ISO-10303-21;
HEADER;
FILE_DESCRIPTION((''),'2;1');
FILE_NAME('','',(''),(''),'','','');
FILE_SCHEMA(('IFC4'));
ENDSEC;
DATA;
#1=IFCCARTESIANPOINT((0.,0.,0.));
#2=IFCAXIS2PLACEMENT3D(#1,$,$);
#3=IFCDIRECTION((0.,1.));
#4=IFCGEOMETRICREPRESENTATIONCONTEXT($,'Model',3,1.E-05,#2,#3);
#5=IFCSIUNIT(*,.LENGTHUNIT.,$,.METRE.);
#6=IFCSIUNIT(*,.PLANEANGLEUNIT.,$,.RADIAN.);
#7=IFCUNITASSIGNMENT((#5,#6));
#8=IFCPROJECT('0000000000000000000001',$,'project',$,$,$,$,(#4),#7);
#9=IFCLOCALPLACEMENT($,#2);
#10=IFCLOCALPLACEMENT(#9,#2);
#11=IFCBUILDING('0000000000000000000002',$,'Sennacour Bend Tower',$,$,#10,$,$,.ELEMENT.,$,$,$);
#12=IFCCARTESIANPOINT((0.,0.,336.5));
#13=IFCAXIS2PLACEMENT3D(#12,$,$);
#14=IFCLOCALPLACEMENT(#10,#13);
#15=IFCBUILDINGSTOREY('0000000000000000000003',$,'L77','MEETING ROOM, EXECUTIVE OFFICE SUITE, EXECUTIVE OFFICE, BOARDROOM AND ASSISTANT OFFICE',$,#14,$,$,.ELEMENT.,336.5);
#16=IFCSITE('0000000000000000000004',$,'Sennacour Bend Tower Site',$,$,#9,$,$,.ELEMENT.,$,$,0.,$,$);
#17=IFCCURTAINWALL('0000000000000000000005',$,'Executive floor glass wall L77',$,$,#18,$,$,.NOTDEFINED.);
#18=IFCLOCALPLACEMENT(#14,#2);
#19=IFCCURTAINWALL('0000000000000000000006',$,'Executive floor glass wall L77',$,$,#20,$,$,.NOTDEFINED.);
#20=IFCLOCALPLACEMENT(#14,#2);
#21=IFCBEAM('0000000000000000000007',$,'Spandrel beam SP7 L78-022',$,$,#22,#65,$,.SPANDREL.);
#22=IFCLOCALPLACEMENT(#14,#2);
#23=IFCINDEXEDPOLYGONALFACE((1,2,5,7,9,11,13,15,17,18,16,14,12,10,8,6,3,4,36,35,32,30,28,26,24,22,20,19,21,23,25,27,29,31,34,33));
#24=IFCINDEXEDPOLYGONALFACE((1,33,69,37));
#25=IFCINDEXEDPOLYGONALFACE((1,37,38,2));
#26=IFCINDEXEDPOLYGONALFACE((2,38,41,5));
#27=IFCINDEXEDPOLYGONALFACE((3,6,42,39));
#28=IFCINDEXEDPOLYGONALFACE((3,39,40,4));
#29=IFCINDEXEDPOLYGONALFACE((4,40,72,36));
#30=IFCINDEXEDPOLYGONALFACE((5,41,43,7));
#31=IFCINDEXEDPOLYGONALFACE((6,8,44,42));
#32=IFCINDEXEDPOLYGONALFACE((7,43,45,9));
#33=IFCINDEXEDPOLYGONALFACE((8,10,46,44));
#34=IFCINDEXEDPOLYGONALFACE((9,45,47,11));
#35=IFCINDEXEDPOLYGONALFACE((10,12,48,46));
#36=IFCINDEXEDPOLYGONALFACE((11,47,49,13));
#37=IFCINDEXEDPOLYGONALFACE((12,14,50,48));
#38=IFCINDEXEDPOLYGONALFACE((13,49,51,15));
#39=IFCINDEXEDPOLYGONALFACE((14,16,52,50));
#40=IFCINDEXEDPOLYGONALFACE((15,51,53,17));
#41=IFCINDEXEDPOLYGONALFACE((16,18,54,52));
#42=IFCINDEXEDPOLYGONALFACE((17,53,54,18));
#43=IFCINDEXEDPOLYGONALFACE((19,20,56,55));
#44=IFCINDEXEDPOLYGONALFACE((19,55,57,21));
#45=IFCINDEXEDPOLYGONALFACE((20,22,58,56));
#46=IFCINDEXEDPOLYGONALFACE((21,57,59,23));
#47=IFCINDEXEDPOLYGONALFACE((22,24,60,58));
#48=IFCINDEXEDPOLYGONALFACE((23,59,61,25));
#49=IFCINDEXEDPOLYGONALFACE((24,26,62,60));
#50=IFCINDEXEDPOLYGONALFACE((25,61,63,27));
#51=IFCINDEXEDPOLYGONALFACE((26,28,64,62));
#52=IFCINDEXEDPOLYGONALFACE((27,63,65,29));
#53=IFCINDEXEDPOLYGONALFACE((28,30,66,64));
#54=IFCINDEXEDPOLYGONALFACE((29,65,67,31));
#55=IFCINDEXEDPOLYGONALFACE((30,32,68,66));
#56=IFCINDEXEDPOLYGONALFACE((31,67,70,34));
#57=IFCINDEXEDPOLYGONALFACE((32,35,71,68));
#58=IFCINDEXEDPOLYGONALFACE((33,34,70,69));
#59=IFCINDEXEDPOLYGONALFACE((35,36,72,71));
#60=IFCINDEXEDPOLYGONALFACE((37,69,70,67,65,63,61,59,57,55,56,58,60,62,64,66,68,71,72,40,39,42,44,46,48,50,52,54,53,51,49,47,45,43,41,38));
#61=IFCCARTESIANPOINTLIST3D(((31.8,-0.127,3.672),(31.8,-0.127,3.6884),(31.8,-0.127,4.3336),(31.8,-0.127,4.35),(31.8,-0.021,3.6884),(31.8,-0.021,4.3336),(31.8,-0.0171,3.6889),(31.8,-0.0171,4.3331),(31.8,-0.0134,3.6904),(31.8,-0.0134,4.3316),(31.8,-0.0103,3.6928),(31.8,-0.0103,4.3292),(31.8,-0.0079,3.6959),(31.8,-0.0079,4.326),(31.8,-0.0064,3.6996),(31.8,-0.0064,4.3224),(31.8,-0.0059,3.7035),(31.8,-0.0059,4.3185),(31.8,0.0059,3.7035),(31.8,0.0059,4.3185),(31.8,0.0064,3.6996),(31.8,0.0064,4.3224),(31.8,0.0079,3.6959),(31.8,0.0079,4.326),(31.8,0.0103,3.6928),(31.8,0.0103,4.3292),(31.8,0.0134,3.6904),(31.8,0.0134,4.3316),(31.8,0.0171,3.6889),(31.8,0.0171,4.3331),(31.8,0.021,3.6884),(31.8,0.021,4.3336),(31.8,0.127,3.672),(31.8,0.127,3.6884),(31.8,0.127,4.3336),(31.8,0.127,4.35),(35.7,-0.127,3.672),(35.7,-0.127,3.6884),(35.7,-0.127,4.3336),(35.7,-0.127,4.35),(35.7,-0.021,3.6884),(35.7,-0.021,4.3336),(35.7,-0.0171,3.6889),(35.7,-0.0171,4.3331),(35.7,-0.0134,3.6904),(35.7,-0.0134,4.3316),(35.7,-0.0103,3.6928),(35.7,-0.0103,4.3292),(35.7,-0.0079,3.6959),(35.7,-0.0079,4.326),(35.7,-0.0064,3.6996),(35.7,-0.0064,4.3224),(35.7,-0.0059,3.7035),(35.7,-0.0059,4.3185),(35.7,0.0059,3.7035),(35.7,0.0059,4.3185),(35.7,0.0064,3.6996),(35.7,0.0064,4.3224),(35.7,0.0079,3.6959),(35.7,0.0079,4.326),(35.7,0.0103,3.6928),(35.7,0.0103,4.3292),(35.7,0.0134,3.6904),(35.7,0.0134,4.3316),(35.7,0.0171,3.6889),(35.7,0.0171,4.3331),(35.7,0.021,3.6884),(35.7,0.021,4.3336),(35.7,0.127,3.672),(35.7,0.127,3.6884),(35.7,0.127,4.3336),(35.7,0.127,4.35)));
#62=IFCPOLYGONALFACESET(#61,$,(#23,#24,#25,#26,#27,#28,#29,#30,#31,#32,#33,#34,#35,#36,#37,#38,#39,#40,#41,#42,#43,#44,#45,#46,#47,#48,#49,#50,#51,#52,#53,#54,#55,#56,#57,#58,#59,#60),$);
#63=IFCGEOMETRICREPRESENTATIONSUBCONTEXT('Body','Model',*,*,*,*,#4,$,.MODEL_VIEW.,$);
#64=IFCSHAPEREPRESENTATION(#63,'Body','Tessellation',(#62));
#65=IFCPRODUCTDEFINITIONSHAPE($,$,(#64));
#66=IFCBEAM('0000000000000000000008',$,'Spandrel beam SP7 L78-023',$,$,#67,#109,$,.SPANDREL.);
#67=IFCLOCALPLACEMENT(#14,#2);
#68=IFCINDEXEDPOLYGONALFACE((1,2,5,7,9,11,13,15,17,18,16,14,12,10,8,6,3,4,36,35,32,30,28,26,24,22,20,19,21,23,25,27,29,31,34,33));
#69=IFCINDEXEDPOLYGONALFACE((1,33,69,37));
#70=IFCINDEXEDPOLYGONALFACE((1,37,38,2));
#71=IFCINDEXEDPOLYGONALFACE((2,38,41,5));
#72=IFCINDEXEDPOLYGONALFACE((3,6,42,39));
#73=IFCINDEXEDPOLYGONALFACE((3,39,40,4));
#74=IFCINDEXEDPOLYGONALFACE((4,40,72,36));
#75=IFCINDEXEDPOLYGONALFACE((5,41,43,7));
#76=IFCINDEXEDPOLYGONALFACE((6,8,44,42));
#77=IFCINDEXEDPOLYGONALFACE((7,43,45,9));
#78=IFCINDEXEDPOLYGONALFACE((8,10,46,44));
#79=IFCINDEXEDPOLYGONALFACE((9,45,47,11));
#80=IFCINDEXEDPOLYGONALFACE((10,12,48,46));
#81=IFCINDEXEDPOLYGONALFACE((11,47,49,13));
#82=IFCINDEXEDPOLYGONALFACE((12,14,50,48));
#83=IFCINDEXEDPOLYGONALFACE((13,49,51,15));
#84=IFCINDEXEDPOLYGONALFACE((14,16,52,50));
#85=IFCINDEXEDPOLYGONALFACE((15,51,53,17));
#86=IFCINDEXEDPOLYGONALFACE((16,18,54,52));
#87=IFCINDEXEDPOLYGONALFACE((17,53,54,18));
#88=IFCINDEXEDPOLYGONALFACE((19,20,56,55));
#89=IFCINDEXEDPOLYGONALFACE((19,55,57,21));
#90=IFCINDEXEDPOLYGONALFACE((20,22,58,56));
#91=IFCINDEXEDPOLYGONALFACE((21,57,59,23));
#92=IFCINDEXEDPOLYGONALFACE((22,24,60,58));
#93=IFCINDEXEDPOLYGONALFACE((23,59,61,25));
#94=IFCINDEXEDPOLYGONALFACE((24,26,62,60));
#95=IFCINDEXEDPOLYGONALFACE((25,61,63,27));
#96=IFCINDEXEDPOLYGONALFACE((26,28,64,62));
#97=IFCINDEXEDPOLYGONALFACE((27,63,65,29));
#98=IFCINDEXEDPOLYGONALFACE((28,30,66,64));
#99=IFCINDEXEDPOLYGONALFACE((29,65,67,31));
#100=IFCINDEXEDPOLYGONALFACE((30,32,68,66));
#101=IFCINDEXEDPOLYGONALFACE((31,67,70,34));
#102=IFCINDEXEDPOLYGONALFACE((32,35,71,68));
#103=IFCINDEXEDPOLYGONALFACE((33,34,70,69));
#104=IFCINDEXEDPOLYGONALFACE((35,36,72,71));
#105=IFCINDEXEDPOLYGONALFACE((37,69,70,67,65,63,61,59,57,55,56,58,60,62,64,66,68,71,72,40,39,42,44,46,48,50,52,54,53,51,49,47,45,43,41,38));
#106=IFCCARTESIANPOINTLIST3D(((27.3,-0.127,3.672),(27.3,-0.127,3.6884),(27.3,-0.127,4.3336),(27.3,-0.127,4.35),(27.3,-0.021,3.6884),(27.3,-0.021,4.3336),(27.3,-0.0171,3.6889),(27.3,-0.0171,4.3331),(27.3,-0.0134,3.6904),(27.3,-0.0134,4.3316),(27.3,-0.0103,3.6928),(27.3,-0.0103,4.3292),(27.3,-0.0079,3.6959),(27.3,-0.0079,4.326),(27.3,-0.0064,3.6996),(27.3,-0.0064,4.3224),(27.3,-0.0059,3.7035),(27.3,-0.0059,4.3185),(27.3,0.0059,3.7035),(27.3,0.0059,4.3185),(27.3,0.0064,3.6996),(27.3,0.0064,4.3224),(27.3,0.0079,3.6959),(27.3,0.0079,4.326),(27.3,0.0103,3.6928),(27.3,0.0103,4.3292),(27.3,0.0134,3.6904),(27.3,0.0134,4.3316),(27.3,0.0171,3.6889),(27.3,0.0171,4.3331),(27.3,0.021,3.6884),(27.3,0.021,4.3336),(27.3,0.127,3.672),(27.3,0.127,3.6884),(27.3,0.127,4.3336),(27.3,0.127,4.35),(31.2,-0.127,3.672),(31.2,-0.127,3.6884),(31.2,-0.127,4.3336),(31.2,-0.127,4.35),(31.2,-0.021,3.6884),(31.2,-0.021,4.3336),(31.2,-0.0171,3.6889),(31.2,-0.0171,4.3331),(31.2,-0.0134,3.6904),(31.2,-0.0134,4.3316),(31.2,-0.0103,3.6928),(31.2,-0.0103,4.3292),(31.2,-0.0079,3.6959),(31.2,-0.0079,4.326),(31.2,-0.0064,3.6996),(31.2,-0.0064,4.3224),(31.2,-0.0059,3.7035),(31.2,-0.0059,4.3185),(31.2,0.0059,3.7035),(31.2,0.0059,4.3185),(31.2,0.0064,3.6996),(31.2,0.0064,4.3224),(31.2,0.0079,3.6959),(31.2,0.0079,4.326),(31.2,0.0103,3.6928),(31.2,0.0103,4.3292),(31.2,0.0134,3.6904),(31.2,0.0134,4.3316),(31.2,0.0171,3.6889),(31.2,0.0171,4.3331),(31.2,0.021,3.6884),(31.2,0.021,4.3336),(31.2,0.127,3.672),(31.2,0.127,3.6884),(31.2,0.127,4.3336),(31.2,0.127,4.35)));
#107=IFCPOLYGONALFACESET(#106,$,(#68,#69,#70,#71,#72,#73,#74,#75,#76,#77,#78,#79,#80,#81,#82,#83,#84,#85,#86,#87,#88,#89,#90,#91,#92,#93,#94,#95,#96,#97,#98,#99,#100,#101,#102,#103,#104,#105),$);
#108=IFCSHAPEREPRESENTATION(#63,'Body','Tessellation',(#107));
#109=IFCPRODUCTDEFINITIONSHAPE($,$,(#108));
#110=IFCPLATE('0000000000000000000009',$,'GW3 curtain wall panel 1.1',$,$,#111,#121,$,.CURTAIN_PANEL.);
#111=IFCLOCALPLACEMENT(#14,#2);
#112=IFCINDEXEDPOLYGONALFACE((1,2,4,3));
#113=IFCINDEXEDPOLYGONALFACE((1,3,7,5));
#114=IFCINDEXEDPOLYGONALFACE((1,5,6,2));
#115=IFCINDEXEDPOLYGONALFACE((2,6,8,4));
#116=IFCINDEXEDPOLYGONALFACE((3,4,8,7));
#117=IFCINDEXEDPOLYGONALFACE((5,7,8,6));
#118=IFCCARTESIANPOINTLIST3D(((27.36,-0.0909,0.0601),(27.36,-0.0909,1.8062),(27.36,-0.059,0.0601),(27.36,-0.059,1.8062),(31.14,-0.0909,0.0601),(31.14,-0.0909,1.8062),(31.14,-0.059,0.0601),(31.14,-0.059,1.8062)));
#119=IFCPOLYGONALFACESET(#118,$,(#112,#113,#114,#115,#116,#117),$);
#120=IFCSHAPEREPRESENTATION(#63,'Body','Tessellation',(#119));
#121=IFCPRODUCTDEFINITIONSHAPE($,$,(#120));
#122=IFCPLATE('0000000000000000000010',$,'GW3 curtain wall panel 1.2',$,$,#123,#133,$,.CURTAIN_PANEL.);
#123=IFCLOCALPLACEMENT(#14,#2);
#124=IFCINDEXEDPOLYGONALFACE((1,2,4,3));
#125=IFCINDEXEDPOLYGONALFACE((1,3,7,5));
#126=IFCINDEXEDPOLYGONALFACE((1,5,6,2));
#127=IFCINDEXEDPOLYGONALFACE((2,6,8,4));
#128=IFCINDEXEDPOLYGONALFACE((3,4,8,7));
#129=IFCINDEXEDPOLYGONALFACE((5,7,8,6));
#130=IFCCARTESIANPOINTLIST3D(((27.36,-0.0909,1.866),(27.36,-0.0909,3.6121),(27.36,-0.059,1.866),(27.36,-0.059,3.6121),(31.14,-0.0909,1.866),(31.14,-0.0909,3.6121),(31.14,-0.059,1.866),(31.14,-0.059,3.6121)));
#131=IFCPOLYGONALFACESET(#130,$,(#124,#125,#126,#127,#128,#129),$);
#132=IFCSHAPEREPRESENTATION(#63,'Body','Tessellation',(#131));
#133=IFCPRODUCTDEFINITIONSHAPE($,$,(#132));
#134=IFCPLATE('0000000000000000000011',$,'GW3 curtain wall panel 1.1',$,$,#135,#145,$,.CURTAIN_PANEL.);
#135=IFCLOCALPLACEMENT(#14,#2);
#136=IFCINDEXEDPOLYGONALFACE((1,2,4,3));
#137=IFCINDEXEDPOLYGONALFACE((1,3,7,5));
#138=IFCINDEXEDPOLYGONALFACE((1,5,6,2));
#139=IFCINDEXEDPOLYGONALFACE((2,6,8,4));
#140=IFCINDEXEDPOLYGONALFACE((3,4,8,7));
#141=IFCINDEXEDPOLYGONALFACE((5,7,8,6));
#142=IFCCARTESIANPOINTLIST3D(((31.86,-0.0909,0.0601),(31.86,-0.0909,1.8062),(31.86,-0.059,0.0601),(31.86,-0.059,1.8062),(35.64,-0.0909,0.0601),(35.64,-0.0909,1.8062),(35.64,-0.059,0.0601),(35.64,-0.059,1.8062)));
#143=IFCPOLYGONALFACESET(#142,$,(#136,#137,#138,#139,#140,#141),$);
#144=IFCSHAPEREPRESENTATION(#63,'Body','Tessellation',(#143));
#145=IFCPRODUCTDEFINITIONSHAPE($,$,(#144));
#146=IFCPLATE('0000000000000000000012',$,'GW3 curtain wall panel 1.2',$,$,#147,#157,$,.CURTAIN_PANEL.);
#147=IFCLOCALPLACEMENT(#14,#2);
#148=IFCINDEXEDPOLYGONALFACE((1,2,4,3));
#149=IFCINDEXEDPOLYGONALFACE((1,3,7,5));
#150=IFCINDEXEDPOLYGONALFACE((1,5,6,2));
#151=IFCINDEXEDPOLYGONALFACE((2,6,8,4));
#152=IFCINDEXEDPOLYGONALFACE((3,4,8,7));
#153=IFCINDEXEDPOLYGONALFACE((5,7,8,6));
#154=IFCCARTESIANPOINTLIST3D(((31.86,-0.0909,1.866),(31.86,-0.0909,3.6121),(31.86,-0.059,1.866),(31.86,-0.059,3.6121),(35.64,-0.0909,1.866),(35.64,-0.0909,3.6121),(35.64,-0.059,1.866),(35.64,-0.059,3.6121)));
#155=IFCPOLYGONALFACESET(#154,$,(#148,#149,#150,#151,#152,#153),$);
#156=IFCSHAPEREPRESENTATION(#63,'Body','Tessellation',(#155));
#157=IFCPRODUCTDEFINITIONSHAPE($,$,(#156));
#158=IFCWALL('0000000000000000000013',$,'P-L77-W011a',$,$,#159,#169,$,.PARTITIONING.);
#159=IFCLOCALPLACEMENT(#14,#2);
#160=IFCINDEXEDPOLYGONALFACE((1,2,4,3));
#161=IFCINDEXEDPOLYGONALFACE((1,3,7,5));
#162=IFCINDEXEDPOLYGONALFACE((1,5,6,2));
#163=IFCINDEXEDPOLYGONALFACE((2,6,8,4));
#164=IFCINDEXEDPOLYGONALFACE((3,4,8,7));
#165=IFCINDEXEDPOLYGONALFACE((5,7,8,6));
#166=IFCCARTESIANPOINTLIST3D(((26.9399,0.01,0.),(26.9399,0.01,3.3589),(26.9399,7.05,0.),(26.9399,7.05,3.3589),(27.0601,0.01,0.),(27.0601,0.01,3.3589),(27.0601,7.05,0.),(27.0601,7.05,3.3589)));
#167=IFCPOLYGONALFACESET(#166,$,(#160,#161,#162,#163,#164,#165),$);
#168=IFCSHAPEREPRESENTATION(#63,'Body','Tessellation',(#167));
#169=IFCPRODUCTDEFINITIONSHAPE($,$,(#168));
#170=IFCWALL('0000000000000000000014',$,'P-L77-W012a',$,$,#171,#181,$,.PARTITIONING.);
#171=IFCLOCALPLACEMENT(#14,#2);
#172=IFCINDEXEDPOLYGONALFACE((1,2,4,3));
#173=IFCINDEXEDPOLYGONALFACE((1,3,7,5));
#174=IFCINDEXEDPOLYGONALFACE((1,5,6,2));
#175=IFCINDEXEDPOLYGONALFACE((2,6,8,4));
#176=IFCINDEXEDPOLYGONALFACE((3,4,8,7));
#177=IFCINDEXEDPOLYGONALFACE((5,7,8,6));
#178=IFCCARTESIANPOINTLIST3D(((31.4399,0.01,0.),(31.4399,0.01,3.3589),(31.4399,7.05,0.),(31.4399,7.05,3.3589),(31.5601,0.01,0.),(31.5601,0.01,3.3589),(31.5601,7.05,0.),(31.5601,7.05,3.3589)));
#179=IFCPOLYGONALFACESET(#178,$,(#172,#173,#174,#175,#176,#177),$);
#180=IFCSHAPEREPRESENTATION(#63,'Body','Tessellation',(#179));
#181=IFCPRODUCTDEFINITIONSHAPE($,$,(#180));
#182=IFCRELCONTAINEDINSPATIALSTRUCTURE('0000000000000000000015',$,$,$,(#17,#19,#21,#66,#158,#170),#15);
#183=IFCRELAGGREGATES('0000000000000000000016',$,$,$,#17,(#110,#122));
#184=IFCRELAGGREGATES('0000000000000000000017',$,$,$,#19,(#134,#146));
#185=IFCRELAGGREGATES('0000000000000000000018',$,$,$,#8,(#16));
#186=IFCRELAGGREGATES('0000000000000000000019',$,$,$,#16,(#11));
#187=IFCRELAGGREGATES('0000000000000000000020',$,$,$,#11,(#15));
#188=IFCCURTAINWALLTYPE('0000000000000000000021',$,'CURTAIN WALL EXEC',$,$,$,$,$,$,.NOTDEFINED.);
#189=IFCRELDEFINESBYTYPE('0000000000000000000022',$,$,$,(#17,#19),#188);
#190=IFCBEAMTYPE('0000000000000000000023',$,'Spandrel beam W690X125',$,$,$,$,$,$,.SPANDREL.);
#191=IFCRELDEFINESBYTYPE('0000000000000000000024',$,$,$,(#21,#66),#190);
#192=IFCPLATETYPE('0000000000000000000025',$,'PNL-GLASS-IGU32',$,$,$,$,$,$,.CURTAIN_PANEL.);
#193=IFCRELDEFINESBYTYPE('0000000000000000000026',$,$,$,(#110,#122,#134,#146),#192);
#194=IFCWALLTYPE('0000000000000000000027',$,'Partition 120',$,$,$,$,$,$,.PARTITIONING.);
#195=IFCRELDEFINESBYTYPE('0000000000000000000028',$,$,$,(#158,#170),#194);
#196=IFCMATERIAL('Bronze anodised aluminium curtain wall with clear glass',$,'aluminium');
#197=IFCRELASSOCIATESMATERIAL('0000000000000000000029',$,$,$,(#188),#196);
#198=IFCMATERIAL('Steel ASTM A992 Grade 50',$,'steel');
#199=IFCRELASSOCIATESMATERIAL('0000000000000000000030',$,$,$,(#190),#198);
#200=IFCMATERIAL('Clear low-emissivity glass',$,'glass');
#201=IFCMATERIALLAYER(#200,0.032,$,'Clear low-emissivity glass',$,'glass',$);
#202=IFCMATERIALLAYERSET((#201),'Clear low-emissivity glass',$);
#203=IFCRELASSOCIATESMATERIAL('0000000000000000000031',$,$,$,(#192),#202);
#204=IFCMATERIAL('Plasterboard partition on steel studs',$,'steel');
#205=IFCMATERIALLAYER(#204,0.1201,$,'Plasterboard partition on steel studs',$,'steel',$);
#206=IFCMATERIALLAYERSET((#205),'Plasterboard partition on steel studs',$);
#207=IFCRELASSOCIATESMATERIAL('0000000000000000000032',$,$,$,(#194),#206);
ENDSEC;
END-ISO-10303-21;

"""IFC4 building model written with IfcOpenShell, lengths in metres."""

from ifc_helpers import new_model, si_unit, direction, frame, frame_2d, origin, origin_2d, place, context, subcontext, project, spatial, rectangle, i_section, extrude, material, layer, layer_set, material_profile, profile_set, type_object, element, aggregate, save


model = new_model("IFC4")

# Units and contexts
model_context = context("Model", 3, precision=1e-05, world=origin(), true_north=direction((0.0, 1.0)))
body_context = subcontext(model_context, "Body", "Model", "MODEL_VIEW")
ifc_project = project(units=[si_unit("LENGTHUNIT", "METRE"), si_unit("PLANEANGLEUNIT", "RADIAN")], contexts=[model_context])

# Site, building, storey
site_placement = place(None, origin())
site = spatial("IfcSite", under=ifc_project, at=site_placement, Name="Sennacour Bend Tower Site", CompositionType="ELEMENT", RefElevation=0.0)
building_placement = place(site_placement, origin())
building = spatial("IfcBuilding", under=site, at=building_placement, Name="Sennacour Bend Tower", CompositionType="ELEMENT")
storey_placement = place(building_placement, frame((0.0, 0.0, 336.5)))
storey = spatial("IfcBuildingStorey", under=building, at=storey_placement, Name="L77", Description="MEETING ROOM, EXECUTIVE OFFICE SUITE, EXECUTIVE OFFICE, BOARDROOM AND ASSISTANT OFFICE", CompositionType="ELEMENT", Elevation=336.5)

# Curtain walls
ifc_material_1 = material(Name="Bronze anodised aluminium curtain wall with clear glass", Category="aluminium")
curtain_wall_type = type_object("IfcCurtainWallType", Name="CURTAIN WALL EXEC", PredefinedType="NOTDEFINED", material=ifc_material_1)
curtain_wall_1_placement = place(storey_placement, origin())
curtain_wall_1 = element("IfcCurtainWall", 1, at=curtain_wall_1_placement, inside=storey, type_object=curtain_wall_type, Name="Executive floor glass wall L77", PredefinedType="NOTDEFINED")
curtain_wall_2_placement = place(storey_placement, origin())
curtain_wall_2 = element("IfcCurtainWall", 2, at=curtain_wall_2_placement, inside=storey, type_object=curtain_wall_type, Name="Executive floor glass wall L77", PredefinedType="NOTDEFINED")

# Beams
ifc_material_2 = material(Name="Steel ASTM A992 Grade 50", Category="steel")
ifc_material_profile_1 = material_profile(ifc_material_2, i_section(OverallWidth=0.2539, OverallDepth=0.678, WebThickness=0.0117, FlangeThickness=0.0164, FilletRadius=0.0151, at=origin_2d()), Name="Steel ASTM A992 Grade 50", Category="steel")
ifc_profile_set_1 = profile_set([ifc_material_profile_1], Name="Steel ASTM A992 Grade 50")
beam_type_1 = type_object("IfcBeamType", Name="Spandrel beam W690X125", PredefinedType="SPANDREL", material=ifc_profile_set_1)
for number, where, z_axis, x_axis, name in (
    (3, (35.7, 0.0, 4.011), (-1.0, 0.0, 0.0), (0.0, -1.0, 0.0), "Spandrel beam SP7 L78-022"),
    (4, (31.2, 0.0, 4.011), (-1.0, 0.0, 0.0), (0.0, -1.0, 0.0), "Spandrel beam SP7 L78-023"),
):
    element("IfcBeam", number, at=place(storey_placement, frame(where, z_axis=z_axis, x_axis=x_axis)), inside=storey, type_object=beam_type_1, Name=name, PredefinedType="SPANDREL", context=body_context, shape_type="SweptSolid", body=[
        extrude(i_section(OverallWidth=0.2539, OverallDepth=0.678, WebThickness=0.0117, FlangeThickness=0.0164, FilletRadius=0.0151, at=origin_2d()), origin(), (0.0, 0.0, 1.0), 3.8999),
    ])

# Plates
ifc_material_3 = material(Name="Clear low-emissivity glass", Category="glass")
ifc_layer_1 = layer(ifc_material_3, 0.032, Name="Clear low-emissivity glass", Category="glass")
ifc_layer_set_1 = layer_set([ifc_layer_1], Name="Clear low-emissivity glass")
plate_type = type_object("IfcPlateType", Name="PNL-GLASS-IGU32", PredefinedType="CURTAIN_PANEL", material=ifc_layer_set_1)
plate_1_placement = place(storey_placement, frame((29.25, -0.075, 0.0601), z_axis=(0.0, 0.0, 1.0), x_axis=(1.0, 0.0, 0.0)))
plate_1 = element("IfcPlate", 5, at=plate_1_placement, type_object=plate_type, Name="GW3 curtain wall panel 1.1", PredefinedType="CURTAIN_PANEL", context=body_context, shape_type="SweptSolid", body=[
    extrude(rectangle(XDim=3.78, YDim=0.032, at=origin_2d()), origin(), (0.0, 0.0, 1.0), 1.7461),
])
plate_2_placement = place(storey_placement, frame((29.25, -0.075, 1.866), z_axis=(0.0, 0.0, 1.0), x_axis=(1.0, 0.0, 0.0)))
plate_2 = element("IfcPlate", 6, at=plate_2_placement, type_object=plate_type, Name="GW3 curtain wall panel 1.2", PredefinedType="CURTAIN_PANEL", context=body_context, shape_type="SweptSolid", body=[
    extrude(rectangle(XDim=3.78, YDim=0.032, at=origin_2d()), origin(), (0.0, 0.0, 1.0), 1.7461),
])
aggregate(curtain_wall_1, [plate_1, plate_2])
plate_3_placement = place(storey_placement, frame((33.75, -0.075, 0.0601), z_axis=(0.0, 0.0, 1.0), x_axis=(1.0, 0.0, 0.0)))
plate_3 = element("IfcPlate", 7, at=plate_3_placement, type_object=plate_type, Name="GW3 curtain wall panel 1.1", PredefinedType="CURTAIN_PANEL", context=body_context, shape_type="SweptSolid", body=[
    extrude(rectangle(XDim=3.78, YDim=0.032, at=origin_2d()), origin(), (0.0, 0.0, 1.0), 1.7461),
])
plate_4_placement = place(storey_placement, frame((33.75, -0.075, 1.866), z_axis=(0.0, 0.0, 1.0), x_axis=(1.0, 0.0, 0.0)))
plate_4 = element("IfcPlate", 8, at=plate_4_placement, type_object=plate_type, Name="GW3 curtain wall panel 1.2", PredefinedType="CURTAIN_PANEL", context=body_context, shape_type="SweptSolid", body=[
    extrude(rectangle(XDim=3.78, YDim=0.032, at=origin_2d()), origin(), (0.0, 0.0, 1.0), 1.7461),
])
aggregate(curtain_wall_2, [plate_3, plate_4])

# Walls
ifc_material_4 = material(Name="Plasterboard partition on steel studs", Category="steel")
ifc_layer_2 = layer(ifc_material_4, 0.1201, Name="Plasterboard partition on steel studs", Category="steel")
ifc_layer_set_2 = layer_set([ifc_layer_2], Name="Plasterboard partition on steel studs")
wall_type = type_object("IfcWallType", Name="Partition 120", PredefinedType="PARTITIONING", material=ifc_layer_set_2)
for number, where, z_axis, x_axis, name in (
    (9, (27.0, 0.01, 0.0), (0.0, 0.0, 1.0), (0.0, 1.0, 0.0), "P-L77-W011a"),
    (10, (31.5, 0.01, 0.0), (0.0, 0.0, 1.0), (0.0, 1.0, 0.0), "P-L77-W012a"),
):
    element("IfcWall", number, at=place(storey_placement, frame(where, z_axis=z_axis, x_axis=x_axis)), inside=storey, type_object=wall_type, Name=name, PredefinedType="PARTITIONING", context=body_context, shape_type="SweptSolid", body=[
        extrude(rectangle(XDim=7.04, YDim=0.1201, at=frame_2d((3.52, 0.0))), origin(), (0.0, 0.0, 1.0), 3.3589),
    ])

save(model, "model.ifc")
